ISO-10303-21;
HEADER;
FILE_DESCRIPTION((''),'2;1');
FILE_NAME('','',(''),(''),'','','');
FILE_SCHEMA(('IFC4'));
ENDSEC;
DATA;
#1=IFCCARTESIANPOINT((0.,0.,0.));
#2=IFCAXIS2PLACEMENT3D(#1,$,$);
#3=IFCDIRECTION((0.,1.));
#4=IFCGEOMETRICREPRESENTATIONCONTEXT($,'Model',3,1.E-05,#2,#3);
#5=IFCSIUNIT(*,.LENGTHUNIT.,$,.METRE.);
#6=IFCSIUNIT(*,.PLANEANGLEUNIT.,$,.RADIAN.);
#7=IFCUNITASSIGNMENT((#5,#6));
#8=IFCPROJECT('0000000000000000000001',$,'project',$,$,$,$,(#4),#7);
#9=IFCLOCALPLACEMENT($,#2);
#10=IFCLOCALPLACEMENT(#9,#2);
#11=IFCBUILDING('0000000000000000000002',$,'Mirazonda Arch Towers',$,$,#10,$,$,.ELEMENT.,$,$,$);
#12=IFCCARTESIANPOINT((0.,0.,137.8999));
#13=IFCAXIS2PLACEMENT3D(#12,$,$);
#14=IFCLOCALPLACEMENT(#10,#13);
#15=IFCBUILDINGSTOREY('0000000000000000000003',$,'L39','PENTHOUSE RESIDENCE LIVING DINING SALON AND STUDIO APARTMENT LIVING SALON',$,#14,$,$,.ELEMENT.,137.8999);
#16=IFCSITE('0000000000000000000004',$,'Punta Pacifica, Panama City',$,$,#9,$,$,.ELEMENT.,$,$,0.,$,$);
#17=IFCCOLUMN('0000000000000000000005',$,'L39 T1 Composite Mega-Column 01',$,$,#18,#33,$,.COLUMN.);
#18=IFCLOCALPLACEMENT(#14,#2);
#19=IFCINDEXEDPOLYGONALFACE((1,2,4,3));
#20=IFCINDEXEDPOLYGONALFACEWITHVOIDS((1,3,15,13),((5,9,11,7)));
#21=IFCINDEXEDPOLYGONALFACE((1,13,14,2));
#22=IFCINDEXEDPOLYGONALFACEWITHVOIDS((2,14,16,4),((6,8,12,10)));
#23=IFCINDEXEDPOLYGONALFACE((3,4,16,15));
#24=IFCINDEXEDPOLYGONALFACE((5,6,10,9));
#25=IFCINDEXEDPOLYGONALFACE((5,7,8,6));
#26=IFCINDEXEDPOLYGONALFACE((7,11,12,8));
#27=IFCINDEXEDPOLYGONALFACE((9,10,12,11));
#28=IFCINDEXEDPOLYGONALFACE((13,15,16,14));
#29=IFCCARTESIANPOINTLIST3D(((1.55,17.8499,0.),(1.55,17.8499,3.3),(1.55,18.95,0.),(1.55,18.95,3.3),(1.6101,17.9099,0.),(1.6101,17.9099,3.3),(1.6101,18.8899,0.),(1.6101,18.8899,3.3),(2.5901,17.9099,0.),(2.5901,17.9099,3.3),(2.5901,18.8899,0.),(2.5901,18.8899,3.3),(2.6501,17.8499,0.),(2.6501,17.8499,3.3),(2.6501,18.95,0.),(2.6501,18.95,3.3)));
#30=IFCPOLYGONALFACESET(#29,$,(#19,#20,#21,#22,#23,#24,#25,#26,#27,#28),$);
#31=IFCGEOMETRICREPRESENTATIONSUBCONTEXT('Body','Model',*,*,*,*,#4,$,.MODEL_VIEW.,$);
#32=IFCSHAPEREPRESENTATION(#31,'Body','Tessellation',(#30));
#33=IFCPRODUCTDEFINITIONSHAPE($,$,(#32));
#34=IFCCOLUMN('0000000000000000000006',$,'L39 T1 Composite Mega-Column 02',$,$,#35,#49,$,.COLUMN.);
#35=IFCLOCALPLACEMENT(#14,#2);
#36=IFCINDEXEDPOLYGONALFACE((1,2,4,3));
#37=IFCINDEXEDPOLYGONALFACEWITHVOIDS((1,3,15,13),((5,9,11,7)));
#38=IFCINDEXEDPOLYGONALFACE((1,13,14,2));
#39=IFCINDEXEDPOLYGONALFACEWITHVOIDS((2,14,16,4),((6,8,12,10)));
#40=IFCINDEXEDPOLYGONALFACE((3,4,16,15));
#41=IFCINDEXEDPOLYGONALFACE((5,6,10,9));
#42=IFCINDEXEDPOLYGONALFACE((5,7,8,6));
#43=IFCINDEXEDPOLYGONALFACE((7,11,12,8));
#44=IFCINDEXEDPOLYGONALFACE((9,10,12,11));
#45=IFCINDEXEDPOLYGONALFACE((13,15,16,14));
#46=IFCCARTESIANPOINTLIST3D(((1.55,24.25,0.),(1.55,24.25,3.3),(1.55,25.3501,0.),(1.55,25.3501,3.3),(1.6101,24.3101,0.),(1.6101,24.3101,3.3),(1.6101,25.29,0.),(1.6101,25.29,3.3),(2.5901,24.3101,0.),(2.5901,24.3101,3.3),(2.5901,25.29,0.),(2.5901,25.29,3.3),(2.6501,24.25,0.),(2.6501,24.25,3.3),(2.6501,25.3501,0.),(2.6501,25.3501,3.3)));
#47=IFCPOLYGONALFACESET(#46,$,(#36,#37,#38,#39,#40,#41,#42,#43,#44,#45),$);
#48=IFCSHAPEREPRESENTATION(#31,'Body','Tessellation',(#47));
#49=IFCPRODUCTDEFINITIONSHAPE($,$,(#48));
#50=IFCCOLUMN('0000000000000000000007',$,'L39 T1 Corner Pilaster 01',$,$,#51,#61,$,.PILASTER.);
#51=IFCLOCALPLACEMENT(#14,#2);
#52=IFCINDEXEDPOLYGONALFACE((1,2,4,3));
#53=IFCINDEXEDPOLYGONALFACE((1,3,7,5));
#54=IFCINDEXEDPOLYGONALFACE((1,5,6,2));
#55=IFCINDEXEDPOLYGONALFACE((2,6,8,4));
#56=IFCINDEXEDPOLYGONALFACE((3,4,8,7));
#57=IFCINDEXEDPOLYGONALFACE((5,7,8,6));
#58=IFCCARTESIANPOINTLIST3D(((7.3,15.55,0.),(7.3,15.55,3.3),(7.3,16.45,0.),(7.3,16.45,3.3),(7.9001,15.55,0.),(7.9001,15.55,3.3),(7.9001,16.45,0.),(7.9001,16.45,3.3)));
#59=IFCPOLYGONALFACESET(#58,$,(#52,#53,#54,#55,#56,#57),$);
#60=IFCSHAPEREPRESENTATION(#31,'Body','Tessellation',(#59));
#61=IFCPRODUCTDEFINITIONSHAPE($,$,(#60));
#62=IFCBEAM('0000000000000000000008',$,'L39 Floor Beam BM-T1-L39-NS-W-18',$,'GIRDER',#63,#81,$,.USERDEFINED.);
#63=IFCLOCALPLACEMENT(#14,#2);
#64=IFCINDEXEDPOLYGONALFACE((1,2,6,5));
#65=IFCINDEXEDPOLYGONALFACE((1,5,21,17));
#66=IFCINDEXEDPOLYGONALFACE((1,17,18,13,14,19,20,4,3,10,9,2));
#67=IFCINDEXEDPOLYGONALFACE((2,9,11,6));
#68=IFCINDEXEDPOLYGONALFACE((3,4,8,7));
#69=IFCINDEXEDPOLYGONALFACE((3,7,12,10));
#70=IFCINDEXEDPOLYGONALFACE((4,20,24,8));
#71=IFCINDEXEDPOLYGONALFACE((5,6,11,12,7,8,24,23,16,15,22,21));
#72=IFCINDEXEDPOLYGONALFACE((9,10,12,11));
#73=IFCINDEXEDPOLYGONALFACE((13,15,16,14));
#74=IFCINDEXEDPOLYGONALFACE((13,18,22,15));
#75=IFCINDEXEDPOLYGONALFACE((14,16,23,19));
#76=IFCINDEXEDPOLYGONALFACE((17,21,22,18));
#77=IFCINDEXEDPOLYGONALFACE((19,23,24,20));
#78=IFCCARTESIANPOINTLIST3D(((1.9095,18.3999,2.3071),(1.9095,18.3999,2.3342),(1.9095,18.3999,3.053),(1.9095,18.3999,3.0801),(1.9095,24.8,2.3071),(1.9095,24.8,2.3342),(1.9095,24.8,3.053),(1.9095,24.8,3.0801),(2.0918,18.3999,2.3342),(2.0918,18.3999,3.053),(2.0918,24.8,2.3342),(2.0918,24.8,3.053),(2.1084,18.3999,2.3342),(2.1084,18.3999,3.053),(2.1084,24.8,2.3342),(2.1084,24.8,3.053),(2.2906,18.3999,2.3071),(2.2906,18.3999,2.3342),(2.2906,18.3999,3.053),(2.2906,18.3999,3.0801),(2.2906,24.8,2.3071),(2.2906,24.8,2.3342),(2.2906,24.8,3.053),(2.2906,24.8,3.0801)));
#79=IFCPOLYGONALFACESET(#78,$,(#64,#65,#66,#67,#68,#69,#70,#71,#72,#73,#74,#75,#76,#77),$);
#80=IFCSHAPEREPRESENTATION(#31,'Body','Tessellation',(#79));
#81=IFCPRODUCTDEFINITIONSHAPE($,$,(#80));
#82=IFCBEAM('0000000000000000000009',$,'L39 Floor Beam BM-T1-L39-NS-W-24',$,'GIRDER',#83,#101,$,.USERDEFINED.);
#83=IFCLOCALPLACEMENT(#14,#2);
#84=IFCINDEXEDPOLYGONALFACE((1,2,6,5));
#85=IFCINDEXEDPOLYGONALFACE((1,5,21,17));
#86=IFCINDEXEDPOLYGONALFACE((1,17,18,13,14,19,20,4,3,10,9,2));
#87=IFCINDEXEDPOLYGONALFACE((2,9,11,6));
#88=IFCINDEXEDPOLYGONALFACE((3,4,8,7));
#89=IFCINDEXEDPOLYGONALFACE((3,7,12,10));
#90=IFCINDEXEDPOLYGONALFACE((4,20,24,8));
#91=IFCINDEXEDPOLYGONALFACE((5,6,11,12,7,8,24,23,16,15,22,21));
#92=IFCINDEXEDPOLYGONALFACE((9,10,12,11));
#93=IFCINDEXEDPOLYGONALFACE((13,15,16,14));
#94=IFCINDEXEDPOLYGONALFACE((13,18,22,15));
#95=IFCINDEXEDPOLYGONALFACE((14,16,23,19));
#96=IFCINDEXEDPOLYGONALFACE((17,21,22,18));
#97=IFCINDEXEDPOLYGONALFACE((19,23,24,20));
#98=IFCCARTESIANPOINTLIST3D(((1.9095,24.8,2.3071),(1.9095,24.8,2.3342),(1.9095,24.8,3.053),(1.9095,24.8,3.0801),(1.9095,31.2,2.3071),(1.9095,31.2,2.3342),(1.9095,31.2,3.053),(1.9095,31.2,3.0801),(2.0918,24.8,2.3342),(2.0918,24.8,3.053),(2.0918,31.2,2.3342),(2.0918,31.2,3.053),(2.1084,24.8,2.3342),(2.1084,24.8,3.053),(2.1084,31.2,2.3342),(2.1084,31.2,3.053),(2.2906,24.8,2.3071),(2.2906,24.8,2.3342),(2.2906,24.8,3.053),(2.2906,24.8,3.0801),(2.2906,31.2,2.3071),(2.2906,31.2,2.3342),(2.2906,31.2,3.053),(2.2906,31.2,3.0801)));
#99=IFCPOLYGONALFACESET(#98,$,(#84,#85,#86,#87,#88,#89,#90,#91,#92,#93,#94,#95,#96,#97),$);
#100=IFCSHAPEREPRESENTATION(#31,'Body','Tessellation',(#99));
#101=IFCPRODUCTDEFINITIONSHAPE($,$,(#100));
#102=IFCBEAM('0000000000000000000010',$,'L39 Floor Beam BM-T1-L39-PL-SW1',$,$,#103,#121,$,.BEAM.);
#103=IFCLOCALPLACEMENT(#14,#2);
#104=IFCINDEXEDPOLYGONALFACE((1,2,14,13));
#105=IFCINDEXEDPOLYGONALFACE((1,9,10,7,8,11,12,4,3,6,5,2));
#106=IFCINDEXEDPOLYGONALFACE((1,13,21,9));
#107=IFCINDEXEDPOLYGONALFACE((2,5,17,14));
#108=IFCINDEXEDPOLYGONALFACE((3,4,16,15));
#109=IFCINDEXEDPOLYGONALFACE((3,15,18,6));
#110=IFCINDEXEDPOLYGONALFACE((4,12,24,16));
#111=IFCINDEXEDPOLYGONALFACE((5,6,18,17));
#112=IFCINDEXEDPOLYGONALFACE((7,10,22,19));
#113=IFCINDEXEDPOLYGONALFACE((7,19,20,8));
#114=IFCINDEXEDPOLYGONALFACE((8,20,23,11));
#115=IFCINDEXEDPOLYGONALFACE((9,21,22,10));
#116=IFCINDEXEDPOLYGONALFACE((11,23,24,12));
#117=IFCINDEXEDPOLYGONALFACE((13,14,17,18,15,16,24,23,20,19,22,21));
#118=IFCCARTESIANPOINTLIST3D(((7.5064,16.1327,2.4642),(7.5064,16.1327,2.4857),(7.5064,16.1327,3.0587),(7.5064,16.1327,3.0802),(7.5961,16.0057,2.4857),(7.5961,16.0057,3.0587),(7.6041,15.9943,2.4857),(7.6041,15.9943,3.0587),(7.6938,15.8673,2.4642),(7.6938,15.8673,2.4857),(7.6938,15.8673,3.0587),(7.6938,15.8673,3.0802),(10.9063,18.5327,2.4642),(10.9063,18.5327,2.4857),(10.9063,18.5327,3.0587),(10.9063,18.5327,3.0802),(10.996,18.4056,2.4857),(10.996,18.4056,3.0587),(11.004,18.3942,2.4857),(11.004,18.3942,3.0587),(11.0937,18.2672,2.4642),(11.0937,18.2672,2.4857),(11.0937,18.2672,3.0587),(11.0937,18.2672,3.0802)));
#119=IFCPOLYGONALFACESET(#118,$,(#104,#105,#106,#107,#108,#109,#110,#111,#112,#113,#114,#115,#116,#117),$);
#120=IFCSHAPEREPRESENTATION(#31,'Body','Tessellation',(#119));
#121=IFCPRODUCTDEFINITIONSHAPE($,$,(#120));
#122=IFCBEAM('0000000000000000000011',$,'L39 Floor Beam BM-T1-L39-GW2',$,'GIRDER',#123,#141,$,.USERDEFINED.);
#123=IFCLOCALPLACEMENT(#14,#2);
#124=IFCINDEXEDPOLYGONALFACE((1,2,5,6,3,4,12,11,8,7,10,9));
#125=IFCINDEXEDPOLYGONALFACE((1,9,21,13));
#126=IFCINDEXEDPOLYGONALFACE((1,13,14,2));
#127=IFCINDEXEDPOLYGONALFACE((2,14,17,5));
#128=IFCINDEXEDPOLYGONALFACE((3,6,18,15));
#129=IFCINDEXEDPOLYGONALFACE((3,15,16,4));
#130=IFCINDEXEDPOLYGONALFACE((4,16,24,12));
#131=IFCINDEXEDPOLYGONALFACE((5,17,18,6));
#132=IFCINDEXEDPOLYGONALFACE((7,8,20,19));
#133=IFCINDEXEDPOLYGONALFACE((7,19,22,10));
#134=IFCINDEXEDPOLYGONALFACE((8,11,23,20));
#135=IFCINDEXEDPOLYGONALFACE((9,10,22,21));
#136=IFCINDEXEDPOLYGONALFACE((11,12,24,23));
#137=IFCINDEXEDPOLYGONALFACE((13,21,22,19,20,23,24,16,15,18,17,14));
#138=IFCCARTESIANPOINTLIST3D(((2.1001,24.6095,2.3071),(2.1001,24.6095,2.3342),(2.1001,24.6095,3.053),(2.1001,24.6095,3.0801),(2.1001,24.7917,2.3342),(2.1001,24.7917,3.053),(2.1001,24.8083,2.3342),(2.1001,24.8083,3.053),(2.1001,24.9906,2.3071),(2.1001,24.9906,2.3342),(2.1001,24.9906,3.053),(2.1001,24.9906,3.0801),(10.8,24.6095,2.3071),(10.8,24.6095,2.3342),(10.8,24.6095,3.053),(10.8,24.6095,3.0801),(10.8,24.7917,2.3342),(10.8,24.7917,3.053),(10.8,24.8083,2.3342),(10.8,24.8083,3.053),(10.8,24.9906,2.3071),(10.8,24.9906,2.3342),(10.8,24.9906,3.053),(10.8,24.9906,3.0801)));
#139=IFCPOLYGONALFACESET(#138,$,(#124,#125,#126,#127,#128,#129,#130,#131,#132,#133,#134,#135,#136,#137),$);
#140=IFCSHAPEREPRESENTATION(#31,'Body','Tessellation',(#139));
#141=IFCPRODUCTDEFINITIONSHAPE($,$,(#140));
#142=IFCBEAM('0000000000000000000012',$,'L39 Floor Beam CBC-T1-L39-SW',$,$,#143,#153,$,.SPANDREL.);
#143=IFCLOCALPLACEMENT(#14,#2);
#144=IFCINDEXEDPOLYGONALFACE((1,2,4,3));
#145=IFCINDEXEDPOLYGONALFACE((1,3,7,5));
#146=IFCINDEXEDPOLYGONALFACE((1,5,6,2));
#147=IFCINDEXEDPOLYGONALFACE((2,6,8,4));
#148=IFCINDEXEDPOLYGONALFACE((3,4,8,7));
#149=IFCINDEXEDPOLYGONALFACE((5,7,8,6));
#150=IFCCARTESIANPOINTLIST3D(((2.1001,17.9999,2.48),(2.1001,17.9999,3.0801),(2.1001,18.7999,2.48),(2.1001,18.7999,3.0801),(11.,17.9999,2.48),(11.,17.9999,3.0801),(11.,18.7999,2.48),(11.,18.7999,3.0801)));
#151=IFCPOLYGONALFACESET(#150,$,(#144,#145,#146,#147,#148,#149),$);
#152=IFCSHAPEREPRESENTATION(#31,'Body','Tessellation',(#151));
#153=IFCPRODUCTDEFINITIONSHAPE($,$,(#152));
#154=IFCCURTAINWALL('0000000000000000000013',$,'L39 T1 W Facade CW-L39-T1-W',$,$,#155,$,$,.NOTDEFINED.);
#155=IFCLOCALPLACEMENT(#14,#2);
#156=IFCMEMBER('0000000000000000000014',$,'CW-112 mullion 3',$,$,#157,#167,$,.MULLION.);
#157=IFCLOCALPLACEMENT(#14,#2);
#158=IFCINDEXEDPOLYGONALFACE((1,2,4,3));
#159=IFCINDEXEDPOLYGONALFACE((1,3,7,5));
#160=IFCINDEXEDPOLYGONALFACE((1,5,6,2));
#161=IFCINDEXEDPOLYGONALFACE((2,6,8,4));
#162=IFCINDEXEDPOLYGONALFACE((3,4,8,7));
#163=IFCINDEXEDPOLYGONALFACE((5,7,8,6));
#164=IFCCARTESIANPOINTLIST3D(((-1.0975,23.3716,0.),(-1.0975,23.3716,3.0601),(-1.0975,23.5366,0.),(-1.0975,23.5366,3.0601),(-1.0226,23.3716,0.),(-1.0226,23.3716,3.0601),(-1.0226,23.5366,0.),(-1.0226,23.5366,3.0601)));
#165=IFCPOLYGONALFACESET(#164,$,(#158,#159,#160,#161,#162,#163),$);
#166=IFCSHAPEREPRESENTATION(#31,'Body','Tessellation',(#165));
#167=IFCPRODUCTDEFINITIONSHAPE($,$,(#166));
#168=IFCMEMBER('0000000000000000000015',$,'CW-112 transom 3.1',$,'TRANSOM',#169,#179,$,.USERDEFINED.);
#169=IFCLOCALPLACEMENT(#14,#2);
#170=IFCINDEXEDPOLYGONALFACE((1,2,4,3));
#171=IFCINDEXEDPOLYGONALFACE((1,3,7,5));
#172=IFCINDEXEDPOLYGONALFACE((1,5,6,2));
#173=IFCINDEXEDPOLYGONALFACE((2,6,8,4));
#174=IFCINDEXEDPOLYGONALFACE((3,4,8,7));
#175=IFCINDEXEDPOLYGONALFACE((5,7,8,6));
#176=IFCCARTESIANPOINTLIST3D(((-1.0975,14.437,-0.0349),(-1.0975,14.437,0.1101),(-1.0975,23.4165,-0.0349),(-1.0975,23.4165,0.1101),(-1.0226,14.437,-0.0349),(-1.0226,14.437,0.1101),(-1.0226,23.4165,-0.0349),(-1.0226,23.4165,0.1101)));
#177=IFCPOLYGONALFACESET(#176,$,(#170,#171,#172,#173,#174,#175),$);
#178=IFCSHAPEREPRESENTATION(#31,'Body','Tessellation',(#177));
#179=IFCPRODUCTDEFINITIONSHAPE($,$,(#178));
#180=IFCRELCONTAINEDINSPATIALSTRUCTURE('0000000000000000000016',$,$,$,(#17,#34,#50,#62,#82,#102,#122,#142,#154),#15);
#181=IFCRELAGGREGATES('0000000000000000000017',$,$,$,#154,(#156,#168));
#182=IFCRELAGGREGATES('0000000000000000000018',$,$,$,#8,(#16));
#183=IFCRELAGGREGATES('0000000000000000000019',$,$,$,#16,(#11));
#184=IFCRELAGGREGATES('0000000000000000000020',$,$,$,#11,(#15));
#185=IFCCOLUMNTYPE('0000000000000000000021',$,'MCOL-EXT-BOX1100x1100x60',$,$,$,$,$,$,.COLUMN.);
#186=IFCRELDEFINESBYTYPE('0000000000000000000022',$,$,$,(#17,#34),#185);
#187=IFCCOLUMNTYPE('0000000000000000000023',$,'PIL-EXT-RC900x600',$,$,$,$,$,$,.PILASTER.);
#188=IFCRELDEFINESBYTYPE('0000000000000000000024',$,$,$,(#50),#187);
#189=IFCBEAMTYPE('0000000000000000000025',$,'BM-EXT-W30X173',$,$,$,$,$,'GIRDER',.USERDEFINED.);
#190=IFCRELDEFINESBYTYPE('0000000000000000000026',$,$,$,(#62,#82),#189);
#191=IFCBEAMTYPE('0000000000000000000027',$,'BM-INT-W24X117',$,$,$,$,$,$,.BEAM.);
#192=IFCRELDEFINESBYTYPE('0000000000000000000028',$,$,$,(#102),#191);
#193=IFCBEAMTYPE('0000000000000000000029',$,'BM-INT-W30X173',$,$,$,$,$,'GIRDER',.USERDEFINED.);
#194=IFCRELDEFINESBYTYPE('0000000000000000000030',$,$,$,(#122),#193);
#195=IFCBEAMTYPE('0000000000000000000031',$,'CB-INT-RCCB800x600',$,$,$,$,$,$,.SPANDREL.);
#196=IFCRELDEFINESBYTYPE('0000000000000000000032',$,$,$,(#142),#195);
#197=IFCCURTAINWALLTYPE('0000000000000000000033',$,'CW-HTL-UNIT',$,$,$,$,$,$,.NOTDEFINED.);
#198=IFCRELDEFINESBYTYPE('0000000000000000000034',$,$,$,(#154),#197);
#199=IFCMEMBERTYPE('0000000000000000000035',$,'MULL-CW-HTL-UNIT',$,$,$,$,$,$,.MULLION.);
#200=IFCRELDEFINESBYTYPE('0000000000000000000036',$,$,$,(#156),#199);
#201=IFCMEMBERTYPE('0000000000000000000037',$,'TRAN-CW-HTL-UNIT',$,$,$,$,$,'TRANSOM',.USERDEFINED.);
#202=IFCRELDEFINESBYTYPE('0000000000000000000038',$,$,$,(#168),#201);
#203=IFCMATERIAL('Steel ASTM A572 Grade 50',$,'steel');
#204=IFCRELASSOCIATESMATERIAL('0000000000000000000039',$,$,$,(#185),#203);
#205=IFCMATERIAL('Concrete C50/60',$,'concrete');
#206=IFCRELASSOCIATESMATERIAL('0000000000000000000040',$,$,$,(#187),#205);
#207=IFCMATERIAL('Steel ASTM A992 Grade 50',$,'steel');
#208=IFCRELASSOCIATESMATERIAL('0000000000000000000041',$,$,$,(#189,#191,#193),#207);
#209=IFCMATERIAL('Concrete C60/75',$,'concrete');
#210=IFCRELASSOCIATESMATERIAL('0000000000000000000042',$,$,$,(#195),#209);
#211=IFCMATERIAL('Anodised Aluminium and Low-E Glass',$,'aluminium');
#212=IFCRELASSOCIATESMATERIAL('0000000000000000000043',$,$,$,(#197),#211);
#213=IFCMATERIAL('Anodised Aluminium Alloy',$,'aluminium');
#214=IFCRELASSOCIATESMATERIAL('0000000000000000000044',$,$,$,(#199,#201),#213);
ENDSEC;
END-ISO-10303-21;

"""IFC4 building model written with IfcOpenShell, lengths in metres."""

from ifc_helpers import new_model, si_unit, direction, frame, origin, origin_2d, place, context, subcontext, project, spatial, rectangle, hollow_rectangle, i_section, extrude, material, material_profile, profile_set, type_object, element, aggregate, save


model = new_model("IFC4")

# Units and contexts
model_context = context("Model", 3, precision=1e-05, world=origin(), true_north=direction((0.0, 1.0)))
body_context = subcontext(model_context, "Body", "Model", "MODEL_VIEW")
ifc_project = project(units=[si_unit("LENGTHUNIT", "METRE"), si_unit("PLANEANGLEUNIT", "RADIAN")], contexts=[model_context])

# Site, building, storey
site_placement = place(None, origin())
site = spatial("IfcSite", under=ifc_project, at=site_placement, Name="Punta Pacifica, Panama City", CompositionType="ELEMENT", RefElevation=0.0)
building_placement = place(site_placement, origin())
building = spatial("IfcBuilding", under=site, at=building_placement, Name="Mirazonda Arch Towers", CompositionType="ELEMENT")
storey_placement = place(building_placement, frame((0.0, 0.0, 137.8999)))
storey = spatial("IfcBuildingStorey", under=building, at=storey_placement, Name="L39", Description="PENTHOUSE RESIDENCE LIVING DINING SALON AND STUDIO APARTMENT LIVING SALON", CompositionType="ELEMENT", Elevation=137.8999)

# Columns
ifc_material_1 = material(Name="Steel ASTM A572 Grade 50", Category="steel")
ifc_material_profile_1 = material_profile(ifc_material_1, hollow_rectangle(XDim=1.1001, YDim=1.1001, WallThickness=0.0601, at=origin_2d()), Name="BOX1100x1100x60")
ifc_profile_set_1 = profile_set([ifc_material_profile_1], Name="Steel ASTM A572 Grade 50")
column_type_1 = type_object("IfcColumnType", Name="MCOL-EXT-BOX1100x1100x60", PredefinedType="COLUMN", material=ifc_profile_set_1)
for number, where, z_axis, x_axis, name in (
    (1, (2.1001, 18.3999, 0.0), (0.0, 0.0, 1.0), (1.0, 0.0, 0.0), "L39 T1 Composite Mega-Column 01"),
    (2, (2.1001, 24.8, 0.0), (0.0, 0.0, 1.0), (1.0, 0.0, 0.0), "L39 T1 Composite Mega-Column 02"),
):
    element("IfcColumn", number, at=place(storey_placement, frame(where, z_axis=z_axis, x_axis=x_axis)), inside=storey, type_object=column_type_1, Name=name, PredefinedType="COLUMN", context=body_context, shape_type="SweptSolid", body=[
        extrude(hollow_rectangle(XDim=1.1001, YDim=1.1001, WallThickness=0.0601, at=origin_2d()), origin(), (0.0, 0.0, 1.0), 3.3),
    ])
ifc_material_2 = material(Name="Concrete C50/60", Category="concrete")
ifc_material_profile_2 = material_profile(ifc_material_2, rectangle(XDim=0.6001, YDim=0.8999, at=origin_2d()), Name="RC900x600")
ifc_profile_set_2 = profile_set([ifc_material_profile_2], Name="Concrete C50/60")
column_type_2 = type_object("IfcColumnType", Name="PIL-EXT-RC900x600", PredefinedType="PILASTER", material=ifc_profile_set_2)
column_placement = place(storey_placement, frame((7.6001, 16.0, 0.0), z_axis=(0.0, 0.0, 1.0), x_axis=(1.0, 0.0, 0.0)))
element("IfcColumn", 3, at=column_placement, inside=storey, type_object=column_type_2, Name="L39 T1 Corner Pilaster 01", PredefinedType="PILASTER", context=body_context, shape_type="SweptSolid", body=[
    extrude(rectangle(XDim=0.6001, YDim=0.8999, at=origin_2d()), origin(), (0.0, 0.0, 1.0), 3.3),
])

# Beams
ifc_material_3 = material(Name="Steel ASTM A992 Grade 50", Category="steel")
ifc_material_profile_3 = material_profile(ifc_material_3, i_section(OverallWidth=0.3811, OverallDepth=0.7729, WebThickness=0.0166, FlangeThickness=0.0271, at=origin_2d()), Name="W30X173")
ifc_profile_set_3 = profile_set([ifc_material_profile_3], Name="Steel ASTM A992 Grade 50")
beam_type_1 = type_object("IfcBeamType", Name="BM-EXT-W30X173", ElementType="GIRDER", PredefinedType="USERDEFINED", material=ifc_profile_set_3)
beam_1_placement = place(storey_placement, frame((2.1001, 18.3999, 2.6936), z_axis=(0.0, 1.0, 0.0), x_axis=(-1.0, 0.0, 0.0)))
element("IfcBeam", 4, at=beam_1_placement, inside=storey, type_object=beam_type_1, Name="L39 Floor Beam BM-T1-L39-NS-W-18", ObjectType="GIRDER", PredefinedType="USERDEFINED", context=body_context, shape_type="SweptSolid", body=[
    extrude(i_section(OverallWidth=0.3811, OverallDepth=0.7729, WebThickness=0.0166, FlangeThickness=0.0271, at=origin_2d()), origin(), (0.0, 0.0, 1.0), 6.4001),
])
beam_2_placement = place(storey_placement, frame((2.1001, 24.8, 2.6936), z_axis=(0.0, 1.0, 0.0), x_axis=(-1.0, 0.0, 0.0)))
element("IfcBeam", 5, at=beam_2_placement, inside=storey, type_object=beam_type_1, Name="L39 Floor Beam BM-T1-L39-NS-W-24", ObjectType="GIRDER", PredefinedType="USERDEFINED", context=body_context, shape_type="SweptSolid", body=[
    extrude(i_section(OverallWidth=0.3811, OverallDepth=0.7729, WebThickness=0.0166, FlangeThickness=0.0271, at=origin_2d()), origin(), (0.0, 0.0, 1.0), 6.3999),
])
ifc_material_profile_4 = material_profile(ifc_material_3, i_section(OverallWidth=0.325, OverallDepth=0.616, WebThickness=0.0139, FlangeThickness=0.0215, at=origin_2d()), Name="W24X117")
ifc_profile_set_4 = profile_set([ifc_material_profile_4], Name="Steel ASTM A992 Grade 50")
beam_type_2 = type_object("IfcBeamType", Name="BM-INT-W24X117", PredefinedType="BEAM", material=ifc_profile_set_4)
beam_3_placement = place(storey_placement, frame((7.6001, 16.0, 2.7722), z_axis=(0.816971, 0.576679, 0.0), x_axis=(-0.576679, 0.816971, 0.0)))
element("IfcBeam", 6, at=beam_3_placement, inside=storey, type_object=beam_type_2, Name="L39 Floor Beam BM-T1-L39-PL-SW1", PredefinedType="BEAM", context=body_context, shape_type="SweptSolid", body=[
    extrude(i_section(OverallWidth=0.325, OverallDepth=0.616, WebThickness=0.0139, FlangeThickness=0.0215, at=origin_2d()), origin(), (0.0, 0.0, 1.0), 4.1616),
])
ifc_material_profile_5 = material_profile(ifc_material_3, i_section(OverallWidth=0.3811, OverallDepth=0.7729, WebThickness=0.0166, FlangeThickness=0.0271, at=origin_2d()), Name="W30X173")
ifc_profile_set_5 = profile_set([ifc_material_profile_5], Name="Steel ASTM A992 Grade 50")
beam_type_3 = type_object("IfcBeamType", Name="BM-INT-W30X173", ElementType="GIRDER", PredefinedType="USERDEFINED", material=ifc_profile_set_5)
beam_4_placement = place(storey_placement, frame((2.1001, 24.8, 2.6936), z_axis=(1.0, 0.0, 0.0), x_axis=(0.0, 1.0, 0.0)))
element("IfcBeam", 7, at=beam_4_placement, inside=storey, type_object=beam_type_3, Name="L39 Floor Beam BM-T1-L39-GW2", ObjectType="GIRDER", PredefinedType="USERDEFINED", context=body_context, shape_type="SweptSolid", body=[
    extrude(i_section(OverallWidth=0.3811, OverallDepth=0.7729, WebThickness=0.0166, FlangeThickness=0.0271, at=origin_2d()), origin(), (0.0, 0.0, 1.0), 8.7),
])
ifc_material_4 = material(Name="Concrete C60/75", Category="concrete")
ifc_material_profile_6 = material_profile(ifc_material_4, rectangle(XDim=0.8, YDim=0.6001, at=origin_2d()), Name="RCCB800x600")
ifc_profile_set_6 = profile_set([ifc_material_profile_6], Name="Concrete C60/75")
beam_type_4 = type_object("IfcBeamType", Name="CB-INT-RCCB800x600", PredefinedType="SPANDREL", material=ifc_profile_set_6)
beam_5_placement = place(storey_placement, frame((2.1001, 18.3999, 2.78), z_axis=(1.0, 0.0, 0.0), x_axis=(0.0, 1.0, 0.0)))
element("IfcBeam", 8, at=beam_5_placement, inside=storey, type_object=beam_type_4, Name="L39 Floor Beam CBC-T1-L39-SW", PredefinedType="SPANDREL", context=body_context, shape_type="SweptSolid", body=[
    extrude(rectangle(XDim=0.8, YDim=0.6001, at=origin_2d()), origin(), (0.0, 0.0, 1.0), 8.8999),
])

# Curtain wall, members
ifc_material_5 = material(Name="Anodised Aluminium and Low-E Glass", Category="aluminium")
curtain_wall_type = type_object("IfcCurtainWallType", Name="CW-HTL-UNIT", PredefinedType="NOTDEFINED", material=ifc_material_5)
curtain_wall_placement = place(storey_placement, origin())
curtain_wall = element("IfcCurtainWall", 9, at=curtain_wall_placement, inside=storey, type_object=curtain_wall_type, Name="L39 T1 W Facade CW-L39-T1-W", PredefinedType="NOTDEFINED")
ifc_material_6 = material(Name="Anodised Aluminium Alloy", Category="aluminium")
ifc_material_profile_7 = material_profile(ifc_material_6, rectangle(XDim=0.075, YDim=0.165, at=origin_2d()), Name="ALU-MULL-75x165")
ifc_profile_set_7 = profile_set([ifc_material_profile_7], Name="Anodised Aluminium Alloy")
member_type_1 = type_object("IfcMemberType", Name="MULL-CW-HTL-UNIT", PredefinedType="MULLION", material=ifc_profile_set_7)
member_1_placement = place(storey_placement, frame((-1.0601, 23.4541, 0.0), z_axis=(0.0, 0.0, 1.0), x_axis=(1.0, 0.0, 0.0)))
member_1 = element("IfcMember", 10, at=member_1_placement, type_object=member_type_1, Name="CW-112 mullion 3", PredefinedType="MULLION", context=body_context, shape_type="SweptSolid", body=[
    extrude(rectangle(XDim=0.075, YDim=0.165, at=origin_2d()), origin(), (0.0, 0.0, 1.0), 3.0601),
])
ifc_material_profile_8 = material_profile(ifc_material_6, rectangle(XDim=0.075, YDim=0.145, at=origin_2d()), Name="ALU-TRAN-75x145")
ifc_profile_set_8 = profile_set([ifc_material_profile_8], Name="Anodised Aluminium Alloy")
member_type_2 = type_object("IfcMemberType", Name="TRAN-CW-HTL-UNIT", ElementType="TRANSOM", PredefinedType="USERDEFINED", material=ifc_profile_set_8)
member_2_placement = place(storey_placement, frame((-1.0601, 23.4165, 0.0376), z_axis=(0.0, -1.0, 0.0), x_axis=(1.0, 0.0, 0.0)))
member_2 = element("IfcMember", 11, at=member_2_placement, type_object=member_type_2, Name="CW-112 transom 3.1", ObjectType="TRANSOM", PredefinedType="USERDEFINED", context=body_context, shape_type="SweptSolid", body=[
    extrude(rectangle(XDim=0.075, YDim=0.145, at=origin_2d()), origin(), (0.0, 0.0, 1.0), 8.9795),
])
aggregate(curtain_wall, [member_1, member_2])

save(model, "model.ifc")
